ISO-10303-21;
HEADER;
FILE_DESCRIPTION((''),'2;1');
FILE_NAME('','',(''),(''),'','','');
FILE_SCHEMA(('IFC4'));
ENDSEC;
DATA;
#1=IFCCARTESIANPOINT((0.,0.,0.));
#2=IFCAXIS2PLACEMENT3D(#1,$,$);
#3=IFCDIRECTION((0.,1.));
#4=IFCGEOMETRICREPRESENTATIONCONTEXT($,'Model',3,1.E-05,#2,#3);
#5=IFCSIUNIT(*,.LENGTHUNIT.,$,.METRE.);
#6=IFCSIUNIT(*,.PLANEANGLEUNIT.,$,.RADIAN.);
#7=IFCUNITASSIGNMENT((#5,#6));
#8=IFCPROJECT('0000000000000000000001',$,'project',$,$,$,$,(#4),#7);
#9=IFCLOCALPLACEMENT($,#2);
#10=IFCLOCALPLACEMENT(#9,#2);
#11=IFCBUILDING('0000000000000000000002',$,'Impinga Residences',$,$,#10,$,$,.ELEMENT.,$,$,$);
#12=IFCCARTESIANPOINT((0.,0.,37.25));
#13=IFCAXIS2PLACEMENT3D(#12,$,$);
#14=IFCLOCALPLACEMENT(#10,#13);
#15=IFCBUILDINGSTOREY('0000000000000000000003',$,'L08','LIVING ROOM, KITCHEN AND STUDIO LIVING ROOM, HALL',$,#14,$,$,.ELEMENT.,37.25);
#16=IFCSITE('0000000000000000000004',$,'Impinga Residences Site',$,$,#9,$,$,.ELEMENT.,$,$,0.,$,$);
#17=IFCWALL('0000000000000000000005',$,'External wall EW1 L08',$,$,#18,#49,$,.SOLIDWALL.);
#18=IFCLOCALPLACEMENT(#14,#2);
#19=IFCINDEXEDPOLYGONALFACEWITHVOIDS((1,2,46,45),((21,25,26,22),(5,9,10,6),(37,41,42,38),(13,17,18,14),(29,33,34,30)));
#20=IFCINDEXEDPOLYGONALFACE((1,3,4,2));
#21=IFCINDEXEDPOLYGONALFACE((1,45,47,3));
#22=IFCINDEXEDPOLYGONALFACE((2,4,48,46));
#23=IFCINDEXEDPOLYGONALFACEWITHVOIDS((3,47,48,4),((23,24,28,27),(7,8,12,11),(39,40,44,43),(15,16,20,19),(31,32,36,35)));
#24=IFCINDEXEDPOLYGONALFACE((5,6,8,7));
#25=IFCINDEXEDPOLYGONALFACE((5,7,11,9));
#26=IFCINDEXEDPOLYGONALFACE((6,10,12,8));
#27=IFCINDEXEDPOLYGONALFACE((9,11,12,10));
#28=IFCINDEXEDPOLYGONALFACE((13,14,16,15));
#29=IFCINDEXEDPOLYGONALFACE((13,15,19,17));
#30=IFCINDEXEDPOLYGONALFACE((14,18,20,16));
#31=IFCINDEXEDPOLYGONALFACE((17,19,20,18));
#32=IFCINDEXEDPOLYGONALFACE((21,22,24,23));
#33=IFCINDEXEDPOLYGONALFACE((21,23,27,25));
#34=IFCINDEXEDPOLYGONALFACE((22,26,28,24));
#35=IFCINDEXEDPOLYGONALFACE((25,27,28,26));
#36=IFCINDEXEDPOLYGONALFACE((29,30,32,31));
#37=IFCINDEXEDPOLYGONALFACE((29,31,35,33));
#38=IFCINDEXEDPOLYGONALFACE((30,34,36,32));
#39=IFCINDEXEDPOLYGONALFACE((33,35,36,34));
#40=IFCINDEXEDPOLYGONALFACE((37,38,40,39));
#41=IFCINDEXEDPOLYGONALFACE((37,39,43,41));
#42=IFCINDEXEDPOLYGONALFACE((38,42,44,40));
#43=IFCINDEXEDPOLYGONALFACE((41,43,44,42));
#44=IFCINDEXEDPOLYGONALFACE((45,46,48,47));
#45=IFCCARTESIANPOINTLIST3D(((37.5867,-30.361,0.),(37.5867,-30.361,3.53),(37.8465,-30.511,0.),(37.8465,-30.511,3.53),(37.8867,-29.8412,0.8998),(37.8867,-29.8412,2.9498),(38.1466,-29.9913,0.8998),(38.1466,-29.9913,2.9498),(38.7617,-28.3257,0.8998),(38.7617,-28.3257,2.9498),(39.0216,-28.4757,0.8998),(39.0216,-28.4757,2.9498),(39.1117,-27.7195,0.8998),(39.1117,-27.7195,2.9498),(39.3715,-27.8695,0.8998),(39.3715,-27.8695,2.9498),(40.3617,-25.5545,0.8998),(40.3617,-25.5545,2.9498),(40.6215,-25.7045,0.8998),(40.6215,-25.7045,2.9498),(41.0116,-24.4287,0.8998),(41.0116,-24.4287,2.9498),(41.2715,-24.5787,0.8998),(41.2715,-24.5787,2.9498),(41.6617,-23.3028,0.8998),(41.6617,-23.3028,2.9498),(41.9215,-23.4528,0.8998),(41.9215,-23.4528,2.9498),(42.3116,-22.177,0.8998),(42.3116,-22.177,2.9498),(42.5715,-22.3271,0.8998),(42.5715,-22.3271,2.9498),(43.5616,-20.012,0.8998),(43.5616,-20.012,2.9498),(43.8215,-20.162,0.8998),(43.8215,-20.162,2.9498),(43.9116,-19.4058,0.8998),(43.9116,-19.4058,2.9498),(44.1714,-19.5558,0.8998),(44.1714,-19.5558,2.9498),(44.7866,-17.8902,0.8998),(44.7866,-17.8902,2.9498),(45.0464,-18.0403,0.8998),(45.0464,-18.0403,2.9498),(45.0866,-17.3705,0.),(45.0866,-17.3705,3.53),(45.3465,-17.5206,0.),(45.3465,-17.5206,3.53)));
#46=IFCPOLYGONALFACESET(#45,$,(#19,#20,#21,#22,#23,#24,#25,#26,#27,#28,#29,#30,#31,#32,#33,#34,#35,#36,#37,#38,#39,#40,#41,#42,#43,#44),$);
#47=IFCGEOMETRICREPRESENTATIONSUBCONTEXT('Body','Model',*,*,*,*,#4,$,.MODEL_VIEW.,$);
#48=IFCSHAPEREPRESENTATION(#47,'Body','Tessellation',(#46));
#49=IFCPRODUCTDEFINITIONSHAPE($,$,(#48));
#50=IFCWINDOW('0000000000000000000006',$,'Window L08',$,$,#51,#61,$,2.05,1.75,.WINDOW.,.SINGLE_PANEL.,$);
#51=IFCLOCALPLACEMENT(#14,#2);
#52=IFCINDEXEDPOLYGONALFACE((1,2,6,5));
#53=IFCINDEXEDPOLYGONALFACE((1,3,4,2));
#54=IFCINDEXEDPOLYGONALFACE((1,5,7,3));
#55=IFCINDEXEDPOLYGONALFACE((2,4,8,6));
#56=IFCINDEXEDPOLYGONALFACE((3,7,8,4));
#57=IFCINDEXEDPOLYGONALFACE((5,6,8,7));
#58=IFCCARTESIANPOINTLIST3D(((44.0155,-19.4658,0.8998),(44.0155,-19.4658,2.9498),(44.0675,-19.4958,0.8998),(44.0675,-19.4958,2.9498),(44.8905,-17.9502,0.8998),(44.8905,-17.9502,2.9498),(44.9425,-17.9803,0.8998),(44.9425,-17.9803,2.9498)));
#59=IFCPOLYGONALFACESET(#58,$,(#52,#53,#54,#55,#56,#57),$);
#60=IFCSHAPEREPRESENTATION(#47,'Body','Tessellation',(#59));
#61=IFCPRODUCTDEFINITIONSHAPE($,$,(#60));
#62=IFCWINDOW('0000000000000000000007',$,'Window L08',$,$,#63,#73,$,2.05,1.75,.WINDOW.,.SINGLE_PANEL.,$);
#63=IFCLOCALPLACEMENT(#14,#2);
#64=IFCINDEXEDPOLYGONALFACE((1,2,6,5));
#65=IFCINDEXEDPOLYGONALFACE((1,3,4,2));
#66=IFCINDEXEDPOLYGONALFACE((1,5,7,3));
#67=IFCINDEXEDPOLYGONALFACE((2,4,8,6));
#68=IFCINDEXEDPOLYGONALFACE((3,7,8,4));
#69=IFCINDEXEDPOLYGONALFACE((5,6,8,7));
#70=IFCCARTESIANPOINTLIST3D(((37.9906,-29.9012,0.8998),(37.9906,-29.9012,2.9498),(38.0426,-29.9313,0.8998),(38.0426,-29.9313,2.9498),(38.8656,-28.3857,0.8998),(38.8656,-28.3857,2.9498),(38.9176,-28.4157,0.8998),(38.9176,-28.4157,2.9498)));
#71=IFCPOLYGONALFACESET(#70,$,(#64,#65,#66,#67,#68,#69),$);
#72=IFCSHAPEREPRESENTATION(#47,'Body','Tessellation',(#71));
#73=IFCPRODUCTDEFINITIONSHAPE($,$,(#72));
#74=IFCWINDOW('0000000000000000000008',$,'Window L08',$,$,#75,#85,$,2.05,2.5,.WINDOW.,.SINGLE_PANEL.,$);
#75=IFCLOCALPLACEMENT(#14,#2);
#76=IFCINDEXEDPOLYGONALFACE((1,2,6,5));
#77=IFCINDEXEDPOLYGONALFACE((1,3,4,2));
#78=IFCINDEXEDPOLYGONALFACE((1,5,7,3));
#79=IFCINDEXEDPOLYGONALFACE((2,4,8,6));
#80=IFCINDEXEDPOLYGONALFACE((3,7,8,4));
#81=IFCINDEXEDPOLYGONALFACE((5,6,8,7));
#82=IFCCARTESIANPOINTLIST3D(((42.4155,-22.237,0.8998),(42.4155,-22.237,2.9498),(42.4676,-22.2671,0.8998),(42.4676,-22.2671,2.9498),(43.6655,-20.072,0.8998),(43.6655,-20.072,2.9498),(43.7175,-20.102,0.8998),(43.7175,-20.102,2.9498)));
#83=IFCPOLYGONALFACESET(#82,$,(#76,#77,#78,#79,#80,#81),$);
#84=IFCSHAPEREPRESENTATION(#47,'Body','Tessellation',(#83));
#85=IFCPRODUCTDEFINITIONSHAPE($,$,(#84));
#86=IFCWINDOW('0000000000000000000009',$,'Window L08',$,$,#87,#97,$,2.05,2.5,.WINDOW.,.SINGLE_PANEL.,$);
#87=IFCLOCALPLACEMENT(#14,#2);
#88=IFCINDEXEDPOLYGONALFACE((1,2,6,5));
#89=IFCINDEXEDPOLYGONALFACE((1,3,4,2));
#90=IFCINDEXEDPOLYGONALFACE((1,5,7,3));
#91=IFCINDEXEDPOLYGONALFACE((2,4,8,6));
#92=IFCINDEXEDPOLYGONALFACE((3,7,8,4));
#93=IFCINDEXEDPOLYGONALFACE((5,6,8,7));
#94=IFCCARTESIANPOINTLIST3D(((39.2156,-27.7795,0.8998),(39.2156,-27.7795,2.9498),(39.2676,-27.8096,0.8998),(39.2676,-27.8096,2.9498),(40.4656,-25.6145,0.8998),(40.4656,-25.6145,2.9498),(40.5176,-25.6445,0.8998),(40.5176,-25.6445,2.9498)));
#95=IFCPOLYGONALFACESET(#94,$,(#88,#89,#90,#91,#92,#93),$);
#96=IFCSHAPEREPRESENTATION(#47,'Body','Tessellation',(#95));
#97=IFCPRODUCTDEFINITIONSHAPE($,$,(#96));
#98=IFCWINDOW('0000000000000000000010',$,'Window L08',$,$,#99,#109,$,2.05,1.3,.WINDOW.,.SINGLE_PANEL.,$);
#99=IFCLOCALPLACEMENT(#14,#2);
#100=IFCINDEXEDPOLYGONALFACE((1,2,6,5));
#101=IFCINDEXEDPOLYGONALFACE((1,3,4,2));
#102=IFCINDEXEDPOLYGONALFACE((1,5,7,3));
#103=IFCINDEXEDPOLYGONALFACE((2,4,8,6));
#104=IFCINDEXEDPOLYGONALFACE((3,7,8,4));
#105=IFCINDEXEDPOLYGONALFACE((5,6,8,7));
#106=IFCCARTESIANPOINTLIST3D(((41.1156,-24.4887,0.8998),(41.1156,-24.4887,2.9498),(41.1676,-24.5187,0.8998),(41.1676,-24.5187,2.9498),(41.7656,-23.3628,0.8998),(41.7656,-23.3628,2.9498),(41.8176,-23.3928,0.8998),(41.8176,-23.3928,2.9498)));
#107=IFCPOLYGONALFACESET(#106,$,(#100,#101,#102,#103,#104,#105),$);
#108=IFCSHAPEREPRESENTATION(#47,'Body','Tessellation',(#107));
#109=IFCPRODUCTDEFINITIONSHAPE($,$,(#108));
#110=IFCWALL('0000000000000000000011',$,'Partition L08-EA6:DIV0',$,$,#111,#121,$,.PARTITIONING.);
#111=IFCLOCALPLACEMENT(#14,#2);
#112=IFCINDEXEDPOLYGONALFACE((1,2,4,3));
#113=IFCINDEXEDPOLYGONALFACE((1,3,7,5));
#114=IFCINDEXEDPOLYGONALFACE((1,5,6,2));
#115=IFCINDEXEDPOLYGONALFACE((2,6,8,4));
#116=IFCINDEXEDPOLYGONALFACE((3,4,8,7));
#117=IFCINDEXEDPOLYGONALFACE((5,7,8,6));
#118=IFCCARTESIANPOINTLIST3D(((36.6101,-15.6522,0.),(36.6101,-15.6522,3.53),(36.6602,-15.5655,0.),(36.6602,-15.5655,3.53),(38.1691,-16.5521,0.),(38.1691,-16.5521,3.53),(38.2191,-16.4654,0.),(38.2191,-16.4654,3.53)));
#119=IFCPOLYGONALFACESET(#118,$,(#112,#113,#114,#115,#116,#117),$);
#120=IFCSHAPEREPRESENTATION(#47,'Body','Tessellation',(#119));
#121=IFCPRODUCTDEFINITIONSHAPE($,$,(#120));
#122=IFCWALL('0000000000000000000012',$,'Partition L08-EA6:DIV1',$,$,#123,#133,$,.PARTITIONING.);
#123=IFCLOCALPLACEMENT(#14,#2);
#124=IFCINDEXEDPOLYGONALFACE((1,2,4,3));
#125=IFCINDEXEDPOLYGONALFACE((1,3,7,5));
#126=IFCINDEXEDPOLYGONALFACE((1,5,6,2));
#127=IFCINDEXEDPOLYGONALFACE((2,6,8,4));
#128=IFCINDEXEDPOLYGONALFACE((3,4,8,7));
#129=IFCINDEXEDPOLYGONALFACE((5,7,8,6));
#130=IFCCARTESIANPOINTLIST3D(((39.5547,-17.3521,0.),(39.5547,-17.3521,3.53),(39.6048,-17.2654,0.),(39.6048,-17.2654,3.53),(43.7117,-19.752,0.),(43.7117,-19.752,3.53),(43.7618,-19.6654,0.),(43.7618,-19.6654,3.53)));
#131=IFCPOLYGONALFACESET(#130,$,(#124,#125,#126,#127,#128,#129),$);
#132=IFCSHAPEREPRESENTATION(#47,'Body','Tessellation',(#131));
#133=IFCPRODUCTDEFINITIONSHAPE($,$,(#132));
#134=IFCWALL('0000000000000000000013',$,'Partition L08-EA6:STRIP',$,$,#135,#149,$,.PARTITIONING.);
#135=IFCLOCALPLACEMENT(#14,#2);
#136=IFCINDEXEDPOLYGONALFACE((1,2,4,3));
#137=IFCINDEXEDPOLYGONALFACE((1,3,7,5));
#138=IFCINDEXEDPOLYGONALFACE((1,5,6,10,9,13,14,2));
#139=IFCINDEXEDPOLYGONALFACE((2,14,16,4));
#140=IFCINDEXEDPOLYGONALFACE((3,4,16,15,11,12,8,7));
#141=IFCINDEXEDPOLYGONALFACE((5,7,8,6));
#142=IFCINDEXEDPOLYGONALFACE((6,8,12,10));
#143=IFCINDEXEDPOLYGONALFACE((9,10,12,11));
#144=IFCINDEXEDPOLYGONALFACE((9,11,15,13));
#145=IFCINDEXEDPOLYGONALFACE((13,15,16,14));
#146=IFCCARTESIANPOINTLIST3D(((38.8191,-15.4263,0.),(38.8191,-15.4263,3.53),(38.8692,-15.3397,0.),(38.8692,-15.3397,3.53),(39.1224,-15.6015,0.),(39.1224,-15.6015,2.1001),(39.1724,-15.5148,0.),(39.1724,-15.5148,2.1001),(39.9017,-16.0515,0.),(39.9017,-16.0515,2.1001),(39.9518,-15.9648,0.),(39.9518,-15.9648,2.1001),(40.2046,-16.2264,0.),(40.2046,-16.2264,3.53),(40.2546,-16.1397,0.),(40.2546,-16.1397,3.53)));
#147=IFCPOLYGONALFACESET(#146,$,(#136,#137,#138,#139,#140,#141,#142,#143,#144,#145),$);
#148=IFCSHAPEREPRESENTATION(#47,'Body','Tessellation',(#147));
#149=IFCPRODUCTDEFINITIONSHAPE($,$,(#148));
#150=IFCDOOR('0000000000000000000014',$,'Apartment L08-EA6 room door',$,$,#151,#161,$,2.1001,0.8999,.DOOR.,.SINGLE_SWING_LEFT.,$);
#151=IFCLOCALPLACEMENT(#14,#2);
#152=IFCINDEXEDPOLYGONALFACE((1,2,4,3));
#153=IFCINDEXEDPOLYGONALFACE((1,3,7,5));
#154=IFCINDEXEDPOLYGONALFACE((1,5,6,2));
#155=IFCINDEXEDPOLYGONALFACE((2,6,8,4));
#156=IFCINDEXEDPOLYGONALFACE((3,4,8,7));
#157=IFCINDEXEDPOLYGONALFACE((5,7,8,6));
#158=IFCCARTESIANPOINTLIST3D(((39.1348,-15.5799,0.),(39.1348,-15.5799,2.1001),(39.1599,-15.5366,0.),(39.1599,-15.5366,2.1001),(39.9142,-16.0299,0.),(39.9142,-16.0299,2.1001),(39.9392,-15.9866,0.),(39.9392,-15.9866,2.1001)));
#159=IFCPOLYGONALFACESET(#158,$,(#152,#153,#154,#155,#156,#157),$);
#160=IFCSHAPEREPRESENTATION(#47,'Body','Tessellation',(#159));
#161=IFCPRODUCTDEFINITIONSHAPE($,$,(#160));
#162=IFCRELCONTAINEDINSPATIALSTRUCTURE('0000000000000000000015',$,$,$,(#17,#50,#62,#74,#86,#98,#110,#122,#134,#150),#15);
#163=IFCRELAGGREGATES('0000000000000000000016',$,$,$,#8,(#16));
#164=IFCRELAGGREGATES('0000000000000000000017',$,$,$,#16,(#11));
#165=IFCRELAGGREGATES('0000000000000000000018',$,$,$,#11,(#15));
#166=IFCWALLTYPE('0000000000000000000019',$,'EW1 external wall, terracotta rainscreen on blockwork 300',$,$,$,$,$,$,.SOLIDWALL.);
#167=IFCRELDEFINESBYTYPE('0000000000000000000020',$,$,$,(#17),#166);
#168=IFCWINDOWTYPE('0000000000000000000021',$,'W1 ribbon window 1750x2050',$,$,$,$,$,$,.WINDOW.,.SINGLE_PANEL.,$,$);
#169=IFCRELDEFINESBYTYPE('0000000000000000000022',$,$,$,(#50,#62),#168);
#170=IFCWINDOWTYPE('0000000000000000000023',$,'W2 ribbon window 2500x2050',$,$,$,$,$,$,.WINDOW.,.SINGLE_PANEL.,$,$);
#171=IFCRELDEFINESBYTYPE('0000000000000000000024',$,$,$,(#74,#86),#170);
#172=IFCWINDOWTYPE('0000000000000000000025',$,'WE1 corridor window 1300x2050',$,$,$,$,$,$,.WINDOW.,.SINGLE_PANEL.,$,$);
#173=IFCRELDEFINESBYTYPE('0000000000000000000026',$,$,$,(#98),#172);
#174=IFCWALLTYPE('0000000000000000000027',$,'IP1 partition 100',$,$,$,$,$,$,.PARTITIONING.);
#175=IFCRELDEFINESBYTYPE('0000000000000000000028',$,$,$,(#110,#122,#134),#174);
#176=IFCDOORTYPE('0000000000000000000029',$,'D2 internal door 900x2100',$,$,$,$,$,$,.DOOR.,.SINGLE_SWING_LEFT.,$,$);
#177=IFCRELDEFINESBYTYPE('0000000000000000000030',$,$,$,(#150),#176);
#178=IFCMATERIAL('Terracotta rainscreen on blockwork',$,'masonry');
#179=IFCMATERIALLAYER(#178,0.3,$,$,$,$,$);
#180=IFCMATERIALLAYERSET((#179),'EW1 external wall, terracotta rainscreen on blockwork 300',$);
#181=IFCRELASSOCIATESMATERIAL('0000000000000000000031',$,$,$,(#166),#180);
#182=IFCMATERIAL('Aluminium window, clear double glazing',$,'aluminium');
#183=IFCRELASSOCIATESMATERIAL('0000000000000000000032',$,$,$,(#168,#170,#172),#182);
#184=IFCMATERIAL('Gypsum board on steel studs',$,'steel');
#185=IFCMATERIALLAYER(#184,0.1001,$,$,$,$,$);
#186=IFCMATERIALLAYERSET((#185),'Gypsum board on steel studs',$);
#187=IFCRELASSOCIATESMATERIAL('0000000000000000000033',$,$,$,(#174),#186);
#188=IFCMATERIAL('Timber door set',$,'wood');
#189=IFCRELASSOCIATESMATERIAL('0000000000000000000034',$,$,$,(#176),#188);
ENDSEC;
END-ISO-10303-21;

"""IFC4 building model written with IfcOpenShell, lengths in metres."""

from ifc_helpers import new_model, si_unit, direction, frame, frame_2d, origin, place, context, subcontext, project, spatial, rectangle, extrude, material, layer, layer_set, type_object, element, fill, save


model = new_model("IFC4")

# Units and contexts
model_context = context("Model", 3, precision=1e-05, world=origin(), true_north=direction((0.0, 1.0)))
body_context = subcontext(model_context, "Body", "Model", "MODEL_VIEW")
ifc_project = project(units=[si_unit("LENGTHUNIT", "METRE"), si_unit("PLANEANGLEUNIT", "RADIAN")], contexts=[model_context])

# Site, building, storey
site_placement = place(None, origin())
site = spatial("IfcSite", under=ifc_project, at=site_placement, Name="Impinga Residences Site", CompositionType="ELEMENT", RefElevation=0.0)
building_placement = place(site_placement, origin())
building = spatial("IfcBuilding", under=site, at=building_placement, Name="Impinga Residences", CompositionType="ELEMENT")
storey_placement = place(building_placement, frame((0.0, 0.0, 37.25)))
storey = spatial("IfcBuildingStorey", under=building, at=storey_placement, Name="L08", Description="LIVING ROOM, KITCHEN AND STUDIO LIVING ROOM, HALL", CompositionType="ELEMENT", Elevation=37.25)

# Shared definitions
ifc_material_1 = material(Name="Terracotta rainscreen on blockwork", Category="masonry")
ifc_layer_1 = layer(ifc_material_1, 0.3)
ifc_layer_set_1 = layer_set([ifc_layer_1], Name="EW1 external wall, terracotta rainscreen on blockwork 300")
wall_type_1 = type_object("IfcWallType", Name="EW1 external wall, terracotta rainscreen on blockwork 300", PredefinedType="SOLIDWALL", material=ifc_layer_set_1)

# Wall, openings, windows
wall_1_placement = place(storey_placement, frame((45.2166, -17.4456, 0.0), z_axis=(0.0, 0.0, 1.0), x_axis=(-0.499997, -0.866027, 0.0)))
wall_1 = element("IfcWall", 1, at=wall_1_placement, inside=storey, type_object=wall_type_1, Name="External wall EW1 L08", PredefinedType="SOLIDWALL", context=body_context, shape_type="SweptSolid", body=[
    extrude(rectangle(XDim=15.0, YDim=0.3, at=frame_2d((7.5, 0.0))), origin(), (0.0, 0.0, 1.0), 3.53),
])
opening_1_placement = place(wall_1_placement, frame((0.6001, 0.0, 0.8999)))
opening_1 = element("IfcOpeningElement", 2, at=opening_1_placement, cuts=wall_1, PredefinedType="OPENING", context=body_context, shape_type="SweptSolid", body=[
    extrude(rectangle(XDim=1.75, YDim=2.05, at=frame_2d((0.875, 1.0249))), frame((0.0, 0.1599, 0.0), z_axis=(0.0, -1.0, 0.0), x_axis=(1.0, 0.0, 0.0)), (0.0, 0.0, 1.0), 0.3201),
])
opening_2_placement = place(wall_1_placement, frame((3.05, 0.0, 0.8999)))
opening_2 = element("IfcOpeningElement", 3, at=opening_2_placement, cuts=wall_1, PredefinedType="OPENING", context=body_context, shape_type="SweptSolid", body=[
    extrude(rectangle(XDim=2.5, YDim=2.05, at=frame_2d((1.25, 1.0249))), frame((0.0, 0.1599, 0.0), z_axis=(0.0, -1.0, 0.0), x_axis=(1.0, 0.0, 0.0)), (0.0, 0.0, 1.0), 0.3201),
])
opening_3_placement = place(wall_1_placement, frame((6.8501, 0.0, 0.8999)))
opening_3 = element("IfcOpeningElement", 4, at=opening_3_placement, cuts=wall_1, PredefinedType="OPENING", context=body_context, shape_type="SweptSolid", body=[
    extrude(rectangle(XDim=1.3, YDim=2.05, at=frame_2d((0.6499, 1.0249))), frame((0.0, 0.1599, 0.0), z_axis=(0.0, -1.0, 0.0), x_axis=(1.0, 0.0, 0.0)), (0.0, 0.0, 1.0), 0.3201),
])
opening_4_placement = place(wall_1_placement, frame((9.45, 0.0, 0.8999)))
opening_4 = element("IfcOpeningElement", 5, at=opening_4_placement, cuts=wall_1, PredefinedType="OPENING", context=body_context, shape_type="SweptSolid", body=[
    extrude(rectangle(XDim=2.5, YDim=2.05, at=frame_2d((1.25, 1.0249))), frame((0.0, 0.1599, 0.0), z_axis=(0.0, -1.0, 0.0), x_axis=(1.0, 0.0, 0.0)), (0.0, 0.0, 1.0), 0.3201),
])
opening_5_placement = place(wall_1_placement, frame((12.6499, 0.0, 0.8999)))
opening_5 = element("IfcOpeningElement", 6, at=opening_5_placement, cuts=wall_1, PredefinedType="OPENING", context=body_context, shape_type="SweptSolid", body=[
    extrude(rectangle(XDim=1.75, YDim=2.05, at=frame_2d((0.875, 1.0249))), frame((0.0, 0.1599, 0.0), z_axis=(0.0, -1.0, 0.0), x_axis=(1.0, 0.0, 0.0)), (0.0, 0.0, 1.0), 0.3201),
])
ifc_material_2 = material(Name="Aluminium window, clear double glazing", Category="aluminium")
window_type_1 = type_object("IfcWindowType", Name="W1 ribbon window 1750x2050", PartitioningType="SINGLE_PANEL", PredefinedType="WINDOW", material=ifc_material_2)
window_1_placement = place(opening_1_placement, origin())
window_1 = element("IfcWindow", 7, at=window_1_placement, inside=storey, type_object=window_type_1, Name="Window L08", OverallHeight=2.05, OverallWidth=1.75, PartitioningType="SINGLE_PANEL", PredefinedType="WINDOW", context=body_context, shape_type="SweptSolid", body=[
    extrude(rectangle(XDim=1.75, YDim=2.05, at=frame_2d((0.875, 1.0249))), frame((0.0, 0.03, 0.0), z_axis=(0.0, -1.0, 0.0), x_axis=(1.0, 0.0, 0.0)), (0.0, 0.0, 1.0), 0.0601),
])
fill(opening_1, window_1)
window_2_placement = place(opening_5_placement, origin())
window_2 = element("IfcWindow", 8, at=window_2_placement, inside=storey, type_object=window_type_1, Name="Window L08", OverallHeight=2.05, OverallWidth=1.75, PartitioningType="SINGLE_PANEL", PredefinedType="WINDOW", context=body_context, shape_type="SweptSolid", body=[
    extrude(rectangle(XDim=1.75, YDim=2.05, at=frame_2d((0.875, 1.0249))), frame((0.0, 0.03, 0.0), z_axis=(0.0, -1.0, 0.0), x_axis=(1.0, 0.0, 0.0)), (0.0, 0.0, 1.0), 0.0601),
])
fill(opening_5, window_2)
window_type_2 = type_object("IfcWindowType", Name="W2 ribbon window 2500x2050", PartitioningType="SINGLE_PANEL", PredefinedType="WINDOW", material=ifc_material_2)
window_3_placement = place(opening_2_placement, origin())
window_3 = element("IfcWindow", 9, at=window_3_placement, inside=storey, type_object=window_type_2, Name="Window L08", OverallHeight=2.05, OverallWidth=2.5, PartitioningType="SINGLE_PANEL", PredefinedType="WINDOW", context=body_context, shape_type="SweptSolid", body=[
    extrude(rectangle(XDim=2.5, YDim=2.05, at=frame_2d((1.25, 1.0249))), frame((0.0, 0.03, 0.0), z_axis=(0.0, -1.0, 0.0), x_axis=(1.0, 0.0, 0.0)), (0.0, 0.0, 1.0), 0.0601),
])
fill(opening_2, window_3)
window_4_placement = place(opening_4_placement, origin())
window_4 = element("IfcWindow", 10, at=window_4_placement, inside=storey, type_object=window_type_2, Name="Window L08", OverallHeight=2.05, OverallWidth=2.5, PartitioningType="SINGLE_PANEL", PredefinedType="WINDOW", context=body_context, shape_type="SweptSolid", body=[
    extrude(rectangle(XDim=2.5, YDim=2.05, at=frame_2d((1.25, 1.0249))), frame((0.0, 0.03, 0.0), z_axis=(0.0, -1.0, 0.0), x_axis=(1.0, 0.0, 0.0)), (0.0, 0.0, 1.0), 0.0601),
])
fill(opening_4, window_4)
window_type_3 = type_object("IfcWindowType", Name="WE1 corridor window 1300x2050", PartitioningType="SINGLE_PANEL", PredefinedType="WINDOW", material=ifc_material_2)
window_5_placement = place(opening_3_placement, origin())
window_5 = element("IfcWindow", 11, at=window_5_placement, inside=storey, type_object=window_type_3, Name="Window L08", OverallHeight=2.05, OverallWidth=1.3, PartitioningType="SINGLE_PANEL", PredefinedType="WINDOW", context=body_context, shape_type="SweptSolid", body=[
    extrude(rectangle(XDim=1.3, YDim=2.05, at=frame_2d((0.6499, 1.0249))), frame((0.0, 0.03, 0.0), z_axis=(0.0, -1.0, 0.0), x_axis=(1.0, 0.0, 0.0)), (0.0, 0.0, 1.0), 0.0601),
])
fill(opening_3, window_5)

# Walls
ifc_material_3 = material(Name="Gypsum board on steel studs", Category="steel")
ifc_layer_2 = layer(ifc_material_3, 0.1001)
ifc_layer_set_2 = layer_set([ifc_layer_2], Name="Gypsum board on steel studs")
wall_type_2 = type_object("IfcWallType", Name="IP1 partition 100", PredefinedType="PARTITIONING", material=ifc_layer_set_2)
wall_2_placement = place(storey_placement, frame((36.6353, -15.6089, 0.0), z_axis=(0.0, 0.0, 1.0), x_axis=(0.866048, -0.499961, 0.0)))
element("IfcWall", 12, at=wall_2_placement, inside=storey, type_object=wall_type_2, Name="Partition L08-EA6:DIV0", PredefinedType="PARTITIONING", context=body_context, shape_type="SweptSolid", body=[
    extrude(rectangle(XDim=1.8, YDim=0.1001, at=frame_2d((0.8999, 0.0))), origin(), (0.0, 0.0, 1.0), 3.53),
])
wall_3_placement = place(storey_placement, frame((39.5798, -17.3088, 0.0), z_axis=(0.0, 0.0, 1.0), x_axis=(0.866037, -0.499979, 0.0)))
element("IfcWall", 13, at=wall_3_placement, inside=storey, type_object=wall_type_2, Name="Partition L08-EA6:DIV1", PredefinedType="PARTITIONING", context=body_context, shape_type="SweptSolid", body=[
    extrude(rectangle(XDim=4.8, YDim=0.1001, at=frame_2d((2.3999, 0.0))), origin(), (0.0, 0.0, 1.0), 3.53),
])

# Wall, opening, door
wall_4_placement = place(storey_placement, frame((38.8442, -15.3831, 0.0), z_axis=(0.0, 0.0, 1.0), x_axis=(0.86599, -0.500061, 0.0)))
wall_4 = element("IfcWall", 14, at=wall_4_placement, inside=storey, type_object=wall_type_2, Name="Partition L08-EA6:STRIP", PredefinedType="PARTITIONING", context=body_context, shape_type="SweptSolid", body=[
    extrude(rectangle(XDim=1.5999, YDim=0.1001, at=frame_2d((0.7998, 0.0))), origin(), (0.0, 0.0, 1.0), 3.53),
])
opening_6_placement = place(wall_4_placement, frame((0.3501, 0.0, 0.0)))
opening_6 = element("IfcOpeningElement", 15, at=opening_6_placement, cuts=wall_4, PredefinedType="OPENING", context=body_context, shape_type="SweptSolid", body=[
    extrude(rectangle(XDim=0.8999, YDim=2.1001, at=frame_2d((0.45, 1.05))), frame((0.0, 0.0601, 0.0), z_axis=(0.0, -1.0, 0.0), x_axis=(1.0, 0.0, 0.0)), (0.0, 0.0, 1.0), 0.1201),
])
ifc_material_4 = material(Name="Timber door set", Category="wood")
door_type = type_object("IfcDoorType", Name="D2 internal door 900x2100", OperationType="SINGLE_SWING_LEFT", PredefinedType="DOOR", material=ifc_material_4)
door_placement = place(opening_6_placement, origin())
door = element("IfcDoor", 16, at=door_placement, inside=storey, type_object=door_type, Name="Apartment L08-EA6 room door", OperationType="SINGLE_SWING_LEFT", OverallHeight=2.1001, OverallWidth=0.8999, PredefinedType="DOOR", context=body_context, shape_type="SweptSolid", body=[
    extrude(rectangle(XDim=0.8999, YDim=2.1001, at=frame_2d((0.45, 1.05))), frame((0.0, 0.0249, 0.0), z_axis=(0.0, -1.0, 0.0), x_axis=(1.0, 0.0, 0.0)), (0.0, 0.0, 1.0), 0.05),
])
fill(opening_6, door)

save(model, "model.ifc")
